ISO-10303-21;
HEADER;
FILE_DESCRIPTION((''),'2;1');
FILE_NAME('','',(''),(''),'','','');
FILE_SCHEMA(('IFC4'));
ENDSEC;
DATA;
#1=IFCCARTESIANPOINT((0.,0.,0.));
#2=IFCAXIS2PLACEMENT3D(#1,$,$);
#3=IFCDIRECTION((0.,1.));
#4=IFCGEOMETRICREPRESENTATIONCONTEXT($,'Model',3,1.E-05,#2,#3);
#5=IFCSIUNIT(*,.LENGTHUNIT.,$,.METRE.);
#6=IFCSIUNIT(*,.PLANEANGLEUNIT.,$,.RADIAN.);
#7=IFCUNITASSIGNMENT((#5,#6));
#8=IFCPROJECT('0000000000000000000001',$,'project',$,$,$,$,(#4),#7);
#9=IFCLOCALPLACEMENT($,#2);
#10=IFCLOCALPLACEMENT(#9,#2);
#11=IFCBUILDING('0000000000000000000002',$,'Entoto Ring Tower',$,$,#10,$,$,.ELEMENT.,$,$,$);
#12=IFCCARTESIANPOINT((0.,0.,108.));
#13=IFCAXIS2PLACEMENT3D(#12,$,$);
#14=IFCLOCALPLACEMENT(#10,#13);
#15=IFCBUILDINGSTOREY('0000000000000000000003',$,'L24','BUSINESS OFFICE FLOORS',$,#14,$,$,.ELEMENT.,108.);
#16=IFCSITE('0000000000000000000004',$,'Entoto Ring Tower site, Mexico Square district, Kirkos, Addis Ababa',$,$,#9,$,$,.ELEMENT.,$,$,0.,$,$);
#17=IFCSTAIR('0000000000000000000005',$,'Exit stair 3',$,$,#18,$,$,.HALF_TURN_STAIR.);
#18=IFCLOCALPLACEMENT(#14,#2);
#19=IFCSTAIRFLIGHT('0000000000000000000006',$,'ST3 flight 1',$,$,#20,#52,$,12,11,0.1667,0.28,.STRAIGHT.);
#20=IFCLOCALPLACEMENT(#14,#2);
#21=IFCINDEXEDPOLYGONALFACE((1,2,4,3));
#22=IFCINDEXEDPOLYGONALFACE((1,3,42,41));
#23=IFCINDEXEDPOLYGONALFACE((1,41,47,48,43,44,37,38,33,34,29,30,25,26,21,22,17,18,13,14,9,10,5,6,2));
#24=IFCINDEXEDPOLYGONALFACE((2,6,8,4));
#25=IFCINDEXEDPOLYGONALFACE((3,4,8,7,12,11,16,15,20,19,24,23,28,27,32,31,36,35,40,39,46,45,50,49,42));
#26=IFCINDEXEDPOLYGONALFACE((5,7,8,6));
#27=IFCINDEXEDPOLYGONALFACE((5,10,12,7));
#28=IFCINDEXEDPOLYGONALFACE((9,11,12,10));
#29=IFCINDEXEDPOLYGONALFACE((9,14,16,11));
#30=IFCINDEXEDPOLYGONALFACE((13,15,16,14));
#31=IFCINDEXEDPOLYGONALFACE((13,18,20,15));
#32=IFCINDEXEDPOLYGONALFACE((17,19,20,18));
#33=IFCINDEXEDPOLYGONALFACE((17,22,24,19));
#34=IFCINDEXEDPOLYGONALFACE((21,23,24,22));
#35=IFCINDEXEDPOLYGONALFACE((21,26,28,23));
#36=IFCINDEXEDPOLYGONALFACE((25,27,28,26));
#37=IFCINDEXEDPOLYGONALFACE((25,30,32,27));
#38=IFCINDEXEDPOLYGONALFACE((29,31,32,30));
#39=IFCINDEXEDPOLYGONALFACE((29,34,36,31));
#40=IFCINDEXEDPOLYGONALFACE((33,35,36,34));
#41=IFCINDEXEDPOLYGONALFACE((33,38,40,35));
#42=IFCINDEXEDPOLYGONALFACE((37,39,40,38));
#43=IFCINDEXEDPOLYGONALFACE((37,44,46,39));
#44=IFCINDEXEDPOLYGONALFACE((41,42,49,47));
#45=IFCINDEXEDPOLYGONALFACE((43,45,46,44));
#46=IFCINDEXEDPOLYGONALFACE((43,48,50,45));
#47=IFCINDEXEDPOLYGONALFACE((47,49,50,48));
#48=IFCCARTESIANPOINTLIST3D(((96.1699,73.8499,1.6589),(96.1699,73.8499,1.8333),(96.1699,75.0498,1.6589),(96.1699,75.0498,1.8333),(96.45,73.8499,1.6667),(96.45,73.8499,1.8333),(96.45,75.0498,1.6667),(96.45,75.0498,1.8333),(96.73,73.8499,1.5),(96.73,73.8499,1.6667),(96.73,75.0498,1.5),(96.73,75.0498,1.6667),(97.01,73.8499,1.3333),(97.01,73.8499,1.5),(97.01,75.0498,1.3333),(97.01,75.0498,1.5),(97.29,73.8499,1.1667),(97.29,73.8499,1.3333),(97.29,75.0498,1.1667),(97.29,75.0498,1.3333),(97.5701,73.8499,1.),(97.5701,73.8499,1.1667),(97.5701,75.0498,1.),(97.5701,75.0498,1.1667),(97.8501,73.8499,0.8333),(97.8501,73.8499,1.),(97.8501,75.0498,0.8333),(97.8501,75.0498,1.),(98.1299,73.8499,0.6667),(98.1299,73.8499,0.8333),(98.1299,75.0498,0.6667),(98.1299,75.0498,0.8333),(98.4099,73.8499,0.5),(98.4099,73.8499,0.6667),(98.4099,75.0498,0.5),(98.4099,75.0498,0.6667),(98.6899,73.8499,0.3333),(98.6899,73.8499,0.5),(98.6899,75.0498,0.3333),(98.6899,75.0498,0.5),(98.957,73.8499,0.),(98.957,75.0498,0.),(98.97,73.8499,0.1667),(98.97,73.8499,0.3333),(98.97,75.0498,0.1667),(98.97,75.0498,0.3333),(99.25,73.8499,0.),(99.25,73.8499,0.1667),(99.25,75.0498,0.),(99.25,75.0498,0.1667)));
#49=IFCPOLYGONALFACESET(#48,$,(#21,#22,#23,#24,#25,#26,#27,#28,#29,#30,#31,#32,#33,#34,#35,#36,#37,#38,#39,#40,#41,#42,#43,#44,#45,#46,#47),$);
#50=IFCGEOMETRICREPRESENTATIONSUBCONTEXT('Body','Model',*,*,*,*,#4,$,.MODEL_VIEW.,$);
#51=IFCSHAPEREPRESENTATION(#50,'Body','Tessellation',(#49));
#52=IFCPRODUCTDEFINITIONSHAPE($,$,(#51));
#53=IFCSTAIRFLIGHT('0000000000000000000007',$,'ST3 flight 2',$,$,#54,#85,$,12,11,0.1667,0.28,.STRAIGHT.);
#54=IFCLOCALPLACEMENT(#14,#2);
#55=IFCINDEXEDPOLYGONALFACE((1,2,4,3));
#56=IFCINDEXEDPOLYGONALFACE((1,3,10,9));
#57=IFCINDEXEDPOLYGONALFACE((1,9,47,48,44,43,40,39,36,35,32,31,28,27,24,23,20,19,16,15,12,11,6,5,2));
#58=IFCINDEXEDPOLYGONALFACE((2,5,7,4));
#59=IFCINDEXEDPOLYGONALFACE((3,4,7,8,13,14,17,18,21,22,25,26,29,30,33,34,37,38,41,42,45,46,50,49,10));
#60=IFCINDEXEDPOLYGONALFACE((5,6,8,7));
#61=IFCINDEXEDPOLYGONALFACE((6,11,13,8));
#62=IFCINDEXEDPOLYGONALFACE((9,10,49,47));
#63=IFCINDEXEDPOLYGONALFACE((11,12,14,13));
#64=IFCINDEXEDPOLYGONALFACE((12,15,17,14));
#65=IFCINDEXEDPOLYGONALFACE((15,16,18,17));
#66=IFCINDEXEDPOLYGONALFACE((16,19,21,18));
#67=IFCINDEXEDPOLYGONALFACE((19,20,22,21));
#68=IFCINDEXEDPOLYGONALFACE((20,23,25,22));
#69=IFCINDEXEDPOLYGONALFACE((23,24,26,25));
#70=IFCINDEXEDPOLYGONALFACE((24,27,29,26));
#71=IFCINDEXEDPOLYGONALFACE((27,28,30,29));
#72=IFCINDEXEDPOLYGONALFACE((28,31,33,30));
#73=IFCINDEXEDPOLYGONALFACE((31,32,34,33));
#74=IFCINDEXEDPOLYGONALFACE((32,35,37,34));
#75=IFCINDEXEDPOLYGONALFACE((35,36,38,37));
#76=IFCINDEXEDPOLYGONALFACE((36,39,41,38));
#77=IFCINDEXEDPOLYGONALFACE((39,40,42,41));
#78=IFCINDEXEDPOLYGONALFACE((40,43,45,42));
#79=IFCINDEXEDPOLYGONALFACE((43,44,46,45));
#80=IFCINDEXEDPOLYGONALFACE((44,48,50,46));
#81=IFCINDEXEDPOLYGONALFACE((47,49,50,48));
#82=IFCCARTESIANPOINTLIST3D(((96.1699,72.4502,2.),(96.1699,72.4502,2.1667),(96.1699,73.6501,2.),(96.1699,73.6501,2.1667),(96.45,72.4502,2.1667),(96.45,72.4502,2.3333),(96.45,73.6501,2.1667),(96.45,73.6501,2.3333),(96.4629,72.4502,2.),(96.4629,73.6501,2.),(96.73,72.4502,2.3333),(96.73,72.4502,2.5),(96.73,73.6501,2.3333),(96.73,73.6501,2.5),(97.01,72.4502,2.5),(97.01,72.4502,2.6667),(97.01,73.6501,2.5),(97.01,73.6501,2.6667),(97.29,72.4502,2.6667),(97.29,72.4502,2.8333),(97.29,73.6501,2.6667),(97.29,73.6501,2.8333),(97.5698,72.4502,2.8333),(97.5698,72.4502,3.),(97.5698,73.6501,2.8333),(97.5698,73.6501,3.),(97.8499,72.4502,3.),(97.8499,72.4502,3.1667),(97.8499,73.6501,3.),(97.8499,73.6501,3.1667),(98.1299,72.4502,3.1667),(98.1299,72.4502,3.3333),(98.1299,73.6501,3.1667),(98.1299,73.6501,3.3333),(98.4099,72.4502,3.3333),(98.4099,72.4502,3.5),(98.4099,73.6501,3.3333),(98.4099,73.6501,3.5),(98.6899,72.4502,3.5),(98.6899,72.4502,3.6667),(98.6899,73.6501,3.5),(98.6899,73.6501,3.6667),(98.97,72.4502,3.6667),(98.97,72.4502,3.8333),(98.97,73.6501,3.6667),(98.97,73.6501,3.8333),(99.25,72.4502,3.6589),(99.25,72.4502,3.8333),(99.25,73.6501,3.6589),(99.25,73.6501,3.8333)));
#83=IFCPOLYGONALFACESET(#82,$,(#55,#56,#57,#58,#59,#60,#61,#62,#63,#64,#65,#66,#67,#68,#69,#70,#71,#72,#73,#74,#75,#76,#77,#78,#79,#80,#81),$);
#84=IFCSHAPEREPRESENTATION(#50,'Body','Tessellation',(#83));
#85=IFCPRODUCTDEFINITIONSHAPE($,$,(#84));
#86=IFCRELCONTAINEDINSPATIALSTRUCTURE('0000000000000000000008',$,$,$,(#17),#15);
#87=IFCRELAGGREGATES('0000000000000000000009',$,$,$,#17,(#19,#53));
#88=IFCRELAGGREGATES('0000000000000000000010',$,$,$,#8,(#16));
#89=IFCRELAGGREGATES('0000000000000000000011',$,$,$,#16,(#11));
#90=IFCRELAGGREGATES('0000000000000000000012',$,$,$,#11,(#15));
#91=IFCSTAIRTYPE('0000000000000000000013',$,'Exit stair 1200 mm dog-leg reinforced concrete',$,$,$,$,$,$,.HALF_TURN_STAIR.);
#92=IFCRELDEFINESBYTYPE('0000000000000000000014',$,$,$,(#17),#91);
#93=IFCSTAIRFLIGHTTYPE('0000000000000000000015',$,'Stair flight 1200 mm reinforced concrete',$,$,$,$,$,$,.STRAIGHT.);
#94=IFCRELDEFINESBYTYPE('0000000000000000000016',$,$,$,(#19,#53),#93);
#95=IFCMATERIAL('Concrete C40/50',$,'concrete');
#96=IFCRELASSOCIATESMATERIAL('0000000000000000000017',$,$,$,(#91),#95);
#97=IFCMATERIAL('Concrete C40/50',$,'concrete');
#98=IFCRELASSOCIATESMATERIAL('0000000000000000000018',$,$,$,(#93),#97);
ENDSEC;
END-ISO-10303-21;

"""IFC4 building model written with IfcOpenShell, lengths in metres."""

from ifc_helpers import new_model, si_unit, direction, frame, origin, place, context, subcontext, project, spatial, polyline, outline, extrude, material, type_object, element, aggregate, save


model = new_model("IFC4")

# Units and contexts
model_context = context("Model", 3, precision=1e-05, world=origin(), true_north=direction((0.0, 1.0)))
body_context = subcontext(model_context, "Body", "Model", "MODEL_VIEW")
ifc_project = project(units=[si_unit("LENGTHUNIT", "METRE"), si_unit("PLANEANGLEUNIT", "RADIAN")], contexts=[model_context])

# Site, building, storey
site_placement = place(None, origin())
site = spatial("IfcSite", under=ifc_project, at=site_placement, Name="Entoto Ring Tower site, Mexico Square district, Kirkos, Addis Ababa", CompositionType="ELEMENT", RefElevation=0.0)
building_placement = place(site_placement, origin())
building = spatial("IfcBuilding", under=site, at=building_placement, Name="Entoto Ring Tower", CompositionType="ELEMENT")
storey_placement = place(building_placement, frame((0.0, 0.0, 108.0)))
storey = spatial("IfcBuildingStorey", under=building, at=storey_placement, Name="L24", Description="BUSINESS OFFICE FLOORS", CompositionType="ELEMENT", Elevation=108.0)

# Stair, stair flights
ifc_material_1 = material(Name="Concrete C40/50", Category="concrete")
stair_type = type_object("IfcStairType", Name="Exit stair 1200 mm dog-leg reinforced concrete", PredefinedType="HALF_TURN_STAIR", material=ifc_material_1)
stair_placement = place(storey_placement, origin())
stair = element("IfcStair", 1, at=stair_placement, inside=storey, type_object=stair_type, Name="Exit stair 3", PredefinedType="HALF_TURN_STAIR")
ifc_material_2 = material(Name="Concrete C40/50", Category="concrete")
stair_flight_type = type_object("IfcStairFlightType", Name="Stair flight 1200 mm reinforced concrete", PredefinedType="STRAIGHT", material=ifc_material_2)
stair_flight_1_placement = place(storey_placement, frame((99.25, 74.45, 0.0), z_axis=(0.0, 0.0, 1.0), x_axis=(-1.0, 0.0, 0.0)))
stair_flight_1 = element("IfcStairFlight", 2, at=stair_flight_1_placement, type_object=stair_flight_type, Name="ST3 flight 1", NumberOfRisers=12, NumberOfTreads=11, PredefinedType="STRAIGHT", RiserHeight=0.1667, TreadLength=0.28, context=body_context, shape_type="SweptSolid", body=[
    extrude(outline(polyline([(0.0, 0.0), (0.0, 0.1667), (0.28, 0.1667), (0.28, 0.3333), (0.5601, 0.3333), (0.5601, 0.5), (0.8401, 0.5), (0.8401, 0.6667), (1.1201, 0.6667), (1.1201, 0.8333), (1.3999, 0.8333), (1.3999, 1.0), (1.6799, 1.0), (1.6799, 1.1667), (1.96, 1.1667), (1.96, 1.3333), (2.24, 1.3333), (2.24, 1.5), (2.52, 1.5), (2.52, 1.6667), (2.8, 1.6667), (2.8, 1.8333), (3.0801, 1.8333), (3.0801, 2.0), (3.0801, 1.6589), (0.293, 0.0), (0.0, 0.0)])), frame((0.0, 0.6001, 0.0), z_axis=(0.0, -1.0, 0.0), x_axis=(1.0, 0.0, 0.0)), (0.0, 0.0, 1.0), 1.2),
])
stair_flight_2_placement = place(storey_placement, frame((96.1699, 73.05, 2.0), z_axis=(0.0, 0.0, 1.0), x_axis=(1.0, 0.0, 0.0)))
stair_flight_2 = element("IfcStairFlight", 3, at=stair_flight_2_placement, type_object=stair_flight_type, Name="ST3 flight 2", NumberOfRisers=12, NumberOfTreads=11, PredefinedType="STRAIGHT", RiserHeight=0.1667, TreadLength=0.28, context=body_context, shape_type="SweptSolid", body=[
    extrude(outline(polyline([(0.0, 0.0), (0.0, 0.1667), (0.28, 0.1667), (0.28, 0.3333), (0.5601, 0.3333), (0.5601, 0.5), (0.8401, 0.5), (0.8401, 0.6667), (1.1201, 0.6667), (1.1201, 0.8333), (1.3999, 0.8333), (1.3999, 1.0), (1.6799, 1.0), (1.6799, 1.1667), (1.96, 1.1667), (1.96, 1.3333), (2.24, 1.3333), (2.24, 1.5), (2.52, 1.5), (2.52, 1.6667), (2.8, 1.6667), (2.8, 1.8333), (3.0801, 1.8333), (3.0801, 2.0), (3.0801, 1.6589), (0.293, 0.0), (0.0, 0.0)])), frame((0.0, 0.6001, 0.0), z_axis=(0.0, -1.0, 0.0), x_axis=(1.0, 0.0, 0.0)), (0.0, 0.0, 1.0), 1.2),
])
aggregate(stair, [stair_flight_1, stair_flight_2])

save(model, "model.ifc")
